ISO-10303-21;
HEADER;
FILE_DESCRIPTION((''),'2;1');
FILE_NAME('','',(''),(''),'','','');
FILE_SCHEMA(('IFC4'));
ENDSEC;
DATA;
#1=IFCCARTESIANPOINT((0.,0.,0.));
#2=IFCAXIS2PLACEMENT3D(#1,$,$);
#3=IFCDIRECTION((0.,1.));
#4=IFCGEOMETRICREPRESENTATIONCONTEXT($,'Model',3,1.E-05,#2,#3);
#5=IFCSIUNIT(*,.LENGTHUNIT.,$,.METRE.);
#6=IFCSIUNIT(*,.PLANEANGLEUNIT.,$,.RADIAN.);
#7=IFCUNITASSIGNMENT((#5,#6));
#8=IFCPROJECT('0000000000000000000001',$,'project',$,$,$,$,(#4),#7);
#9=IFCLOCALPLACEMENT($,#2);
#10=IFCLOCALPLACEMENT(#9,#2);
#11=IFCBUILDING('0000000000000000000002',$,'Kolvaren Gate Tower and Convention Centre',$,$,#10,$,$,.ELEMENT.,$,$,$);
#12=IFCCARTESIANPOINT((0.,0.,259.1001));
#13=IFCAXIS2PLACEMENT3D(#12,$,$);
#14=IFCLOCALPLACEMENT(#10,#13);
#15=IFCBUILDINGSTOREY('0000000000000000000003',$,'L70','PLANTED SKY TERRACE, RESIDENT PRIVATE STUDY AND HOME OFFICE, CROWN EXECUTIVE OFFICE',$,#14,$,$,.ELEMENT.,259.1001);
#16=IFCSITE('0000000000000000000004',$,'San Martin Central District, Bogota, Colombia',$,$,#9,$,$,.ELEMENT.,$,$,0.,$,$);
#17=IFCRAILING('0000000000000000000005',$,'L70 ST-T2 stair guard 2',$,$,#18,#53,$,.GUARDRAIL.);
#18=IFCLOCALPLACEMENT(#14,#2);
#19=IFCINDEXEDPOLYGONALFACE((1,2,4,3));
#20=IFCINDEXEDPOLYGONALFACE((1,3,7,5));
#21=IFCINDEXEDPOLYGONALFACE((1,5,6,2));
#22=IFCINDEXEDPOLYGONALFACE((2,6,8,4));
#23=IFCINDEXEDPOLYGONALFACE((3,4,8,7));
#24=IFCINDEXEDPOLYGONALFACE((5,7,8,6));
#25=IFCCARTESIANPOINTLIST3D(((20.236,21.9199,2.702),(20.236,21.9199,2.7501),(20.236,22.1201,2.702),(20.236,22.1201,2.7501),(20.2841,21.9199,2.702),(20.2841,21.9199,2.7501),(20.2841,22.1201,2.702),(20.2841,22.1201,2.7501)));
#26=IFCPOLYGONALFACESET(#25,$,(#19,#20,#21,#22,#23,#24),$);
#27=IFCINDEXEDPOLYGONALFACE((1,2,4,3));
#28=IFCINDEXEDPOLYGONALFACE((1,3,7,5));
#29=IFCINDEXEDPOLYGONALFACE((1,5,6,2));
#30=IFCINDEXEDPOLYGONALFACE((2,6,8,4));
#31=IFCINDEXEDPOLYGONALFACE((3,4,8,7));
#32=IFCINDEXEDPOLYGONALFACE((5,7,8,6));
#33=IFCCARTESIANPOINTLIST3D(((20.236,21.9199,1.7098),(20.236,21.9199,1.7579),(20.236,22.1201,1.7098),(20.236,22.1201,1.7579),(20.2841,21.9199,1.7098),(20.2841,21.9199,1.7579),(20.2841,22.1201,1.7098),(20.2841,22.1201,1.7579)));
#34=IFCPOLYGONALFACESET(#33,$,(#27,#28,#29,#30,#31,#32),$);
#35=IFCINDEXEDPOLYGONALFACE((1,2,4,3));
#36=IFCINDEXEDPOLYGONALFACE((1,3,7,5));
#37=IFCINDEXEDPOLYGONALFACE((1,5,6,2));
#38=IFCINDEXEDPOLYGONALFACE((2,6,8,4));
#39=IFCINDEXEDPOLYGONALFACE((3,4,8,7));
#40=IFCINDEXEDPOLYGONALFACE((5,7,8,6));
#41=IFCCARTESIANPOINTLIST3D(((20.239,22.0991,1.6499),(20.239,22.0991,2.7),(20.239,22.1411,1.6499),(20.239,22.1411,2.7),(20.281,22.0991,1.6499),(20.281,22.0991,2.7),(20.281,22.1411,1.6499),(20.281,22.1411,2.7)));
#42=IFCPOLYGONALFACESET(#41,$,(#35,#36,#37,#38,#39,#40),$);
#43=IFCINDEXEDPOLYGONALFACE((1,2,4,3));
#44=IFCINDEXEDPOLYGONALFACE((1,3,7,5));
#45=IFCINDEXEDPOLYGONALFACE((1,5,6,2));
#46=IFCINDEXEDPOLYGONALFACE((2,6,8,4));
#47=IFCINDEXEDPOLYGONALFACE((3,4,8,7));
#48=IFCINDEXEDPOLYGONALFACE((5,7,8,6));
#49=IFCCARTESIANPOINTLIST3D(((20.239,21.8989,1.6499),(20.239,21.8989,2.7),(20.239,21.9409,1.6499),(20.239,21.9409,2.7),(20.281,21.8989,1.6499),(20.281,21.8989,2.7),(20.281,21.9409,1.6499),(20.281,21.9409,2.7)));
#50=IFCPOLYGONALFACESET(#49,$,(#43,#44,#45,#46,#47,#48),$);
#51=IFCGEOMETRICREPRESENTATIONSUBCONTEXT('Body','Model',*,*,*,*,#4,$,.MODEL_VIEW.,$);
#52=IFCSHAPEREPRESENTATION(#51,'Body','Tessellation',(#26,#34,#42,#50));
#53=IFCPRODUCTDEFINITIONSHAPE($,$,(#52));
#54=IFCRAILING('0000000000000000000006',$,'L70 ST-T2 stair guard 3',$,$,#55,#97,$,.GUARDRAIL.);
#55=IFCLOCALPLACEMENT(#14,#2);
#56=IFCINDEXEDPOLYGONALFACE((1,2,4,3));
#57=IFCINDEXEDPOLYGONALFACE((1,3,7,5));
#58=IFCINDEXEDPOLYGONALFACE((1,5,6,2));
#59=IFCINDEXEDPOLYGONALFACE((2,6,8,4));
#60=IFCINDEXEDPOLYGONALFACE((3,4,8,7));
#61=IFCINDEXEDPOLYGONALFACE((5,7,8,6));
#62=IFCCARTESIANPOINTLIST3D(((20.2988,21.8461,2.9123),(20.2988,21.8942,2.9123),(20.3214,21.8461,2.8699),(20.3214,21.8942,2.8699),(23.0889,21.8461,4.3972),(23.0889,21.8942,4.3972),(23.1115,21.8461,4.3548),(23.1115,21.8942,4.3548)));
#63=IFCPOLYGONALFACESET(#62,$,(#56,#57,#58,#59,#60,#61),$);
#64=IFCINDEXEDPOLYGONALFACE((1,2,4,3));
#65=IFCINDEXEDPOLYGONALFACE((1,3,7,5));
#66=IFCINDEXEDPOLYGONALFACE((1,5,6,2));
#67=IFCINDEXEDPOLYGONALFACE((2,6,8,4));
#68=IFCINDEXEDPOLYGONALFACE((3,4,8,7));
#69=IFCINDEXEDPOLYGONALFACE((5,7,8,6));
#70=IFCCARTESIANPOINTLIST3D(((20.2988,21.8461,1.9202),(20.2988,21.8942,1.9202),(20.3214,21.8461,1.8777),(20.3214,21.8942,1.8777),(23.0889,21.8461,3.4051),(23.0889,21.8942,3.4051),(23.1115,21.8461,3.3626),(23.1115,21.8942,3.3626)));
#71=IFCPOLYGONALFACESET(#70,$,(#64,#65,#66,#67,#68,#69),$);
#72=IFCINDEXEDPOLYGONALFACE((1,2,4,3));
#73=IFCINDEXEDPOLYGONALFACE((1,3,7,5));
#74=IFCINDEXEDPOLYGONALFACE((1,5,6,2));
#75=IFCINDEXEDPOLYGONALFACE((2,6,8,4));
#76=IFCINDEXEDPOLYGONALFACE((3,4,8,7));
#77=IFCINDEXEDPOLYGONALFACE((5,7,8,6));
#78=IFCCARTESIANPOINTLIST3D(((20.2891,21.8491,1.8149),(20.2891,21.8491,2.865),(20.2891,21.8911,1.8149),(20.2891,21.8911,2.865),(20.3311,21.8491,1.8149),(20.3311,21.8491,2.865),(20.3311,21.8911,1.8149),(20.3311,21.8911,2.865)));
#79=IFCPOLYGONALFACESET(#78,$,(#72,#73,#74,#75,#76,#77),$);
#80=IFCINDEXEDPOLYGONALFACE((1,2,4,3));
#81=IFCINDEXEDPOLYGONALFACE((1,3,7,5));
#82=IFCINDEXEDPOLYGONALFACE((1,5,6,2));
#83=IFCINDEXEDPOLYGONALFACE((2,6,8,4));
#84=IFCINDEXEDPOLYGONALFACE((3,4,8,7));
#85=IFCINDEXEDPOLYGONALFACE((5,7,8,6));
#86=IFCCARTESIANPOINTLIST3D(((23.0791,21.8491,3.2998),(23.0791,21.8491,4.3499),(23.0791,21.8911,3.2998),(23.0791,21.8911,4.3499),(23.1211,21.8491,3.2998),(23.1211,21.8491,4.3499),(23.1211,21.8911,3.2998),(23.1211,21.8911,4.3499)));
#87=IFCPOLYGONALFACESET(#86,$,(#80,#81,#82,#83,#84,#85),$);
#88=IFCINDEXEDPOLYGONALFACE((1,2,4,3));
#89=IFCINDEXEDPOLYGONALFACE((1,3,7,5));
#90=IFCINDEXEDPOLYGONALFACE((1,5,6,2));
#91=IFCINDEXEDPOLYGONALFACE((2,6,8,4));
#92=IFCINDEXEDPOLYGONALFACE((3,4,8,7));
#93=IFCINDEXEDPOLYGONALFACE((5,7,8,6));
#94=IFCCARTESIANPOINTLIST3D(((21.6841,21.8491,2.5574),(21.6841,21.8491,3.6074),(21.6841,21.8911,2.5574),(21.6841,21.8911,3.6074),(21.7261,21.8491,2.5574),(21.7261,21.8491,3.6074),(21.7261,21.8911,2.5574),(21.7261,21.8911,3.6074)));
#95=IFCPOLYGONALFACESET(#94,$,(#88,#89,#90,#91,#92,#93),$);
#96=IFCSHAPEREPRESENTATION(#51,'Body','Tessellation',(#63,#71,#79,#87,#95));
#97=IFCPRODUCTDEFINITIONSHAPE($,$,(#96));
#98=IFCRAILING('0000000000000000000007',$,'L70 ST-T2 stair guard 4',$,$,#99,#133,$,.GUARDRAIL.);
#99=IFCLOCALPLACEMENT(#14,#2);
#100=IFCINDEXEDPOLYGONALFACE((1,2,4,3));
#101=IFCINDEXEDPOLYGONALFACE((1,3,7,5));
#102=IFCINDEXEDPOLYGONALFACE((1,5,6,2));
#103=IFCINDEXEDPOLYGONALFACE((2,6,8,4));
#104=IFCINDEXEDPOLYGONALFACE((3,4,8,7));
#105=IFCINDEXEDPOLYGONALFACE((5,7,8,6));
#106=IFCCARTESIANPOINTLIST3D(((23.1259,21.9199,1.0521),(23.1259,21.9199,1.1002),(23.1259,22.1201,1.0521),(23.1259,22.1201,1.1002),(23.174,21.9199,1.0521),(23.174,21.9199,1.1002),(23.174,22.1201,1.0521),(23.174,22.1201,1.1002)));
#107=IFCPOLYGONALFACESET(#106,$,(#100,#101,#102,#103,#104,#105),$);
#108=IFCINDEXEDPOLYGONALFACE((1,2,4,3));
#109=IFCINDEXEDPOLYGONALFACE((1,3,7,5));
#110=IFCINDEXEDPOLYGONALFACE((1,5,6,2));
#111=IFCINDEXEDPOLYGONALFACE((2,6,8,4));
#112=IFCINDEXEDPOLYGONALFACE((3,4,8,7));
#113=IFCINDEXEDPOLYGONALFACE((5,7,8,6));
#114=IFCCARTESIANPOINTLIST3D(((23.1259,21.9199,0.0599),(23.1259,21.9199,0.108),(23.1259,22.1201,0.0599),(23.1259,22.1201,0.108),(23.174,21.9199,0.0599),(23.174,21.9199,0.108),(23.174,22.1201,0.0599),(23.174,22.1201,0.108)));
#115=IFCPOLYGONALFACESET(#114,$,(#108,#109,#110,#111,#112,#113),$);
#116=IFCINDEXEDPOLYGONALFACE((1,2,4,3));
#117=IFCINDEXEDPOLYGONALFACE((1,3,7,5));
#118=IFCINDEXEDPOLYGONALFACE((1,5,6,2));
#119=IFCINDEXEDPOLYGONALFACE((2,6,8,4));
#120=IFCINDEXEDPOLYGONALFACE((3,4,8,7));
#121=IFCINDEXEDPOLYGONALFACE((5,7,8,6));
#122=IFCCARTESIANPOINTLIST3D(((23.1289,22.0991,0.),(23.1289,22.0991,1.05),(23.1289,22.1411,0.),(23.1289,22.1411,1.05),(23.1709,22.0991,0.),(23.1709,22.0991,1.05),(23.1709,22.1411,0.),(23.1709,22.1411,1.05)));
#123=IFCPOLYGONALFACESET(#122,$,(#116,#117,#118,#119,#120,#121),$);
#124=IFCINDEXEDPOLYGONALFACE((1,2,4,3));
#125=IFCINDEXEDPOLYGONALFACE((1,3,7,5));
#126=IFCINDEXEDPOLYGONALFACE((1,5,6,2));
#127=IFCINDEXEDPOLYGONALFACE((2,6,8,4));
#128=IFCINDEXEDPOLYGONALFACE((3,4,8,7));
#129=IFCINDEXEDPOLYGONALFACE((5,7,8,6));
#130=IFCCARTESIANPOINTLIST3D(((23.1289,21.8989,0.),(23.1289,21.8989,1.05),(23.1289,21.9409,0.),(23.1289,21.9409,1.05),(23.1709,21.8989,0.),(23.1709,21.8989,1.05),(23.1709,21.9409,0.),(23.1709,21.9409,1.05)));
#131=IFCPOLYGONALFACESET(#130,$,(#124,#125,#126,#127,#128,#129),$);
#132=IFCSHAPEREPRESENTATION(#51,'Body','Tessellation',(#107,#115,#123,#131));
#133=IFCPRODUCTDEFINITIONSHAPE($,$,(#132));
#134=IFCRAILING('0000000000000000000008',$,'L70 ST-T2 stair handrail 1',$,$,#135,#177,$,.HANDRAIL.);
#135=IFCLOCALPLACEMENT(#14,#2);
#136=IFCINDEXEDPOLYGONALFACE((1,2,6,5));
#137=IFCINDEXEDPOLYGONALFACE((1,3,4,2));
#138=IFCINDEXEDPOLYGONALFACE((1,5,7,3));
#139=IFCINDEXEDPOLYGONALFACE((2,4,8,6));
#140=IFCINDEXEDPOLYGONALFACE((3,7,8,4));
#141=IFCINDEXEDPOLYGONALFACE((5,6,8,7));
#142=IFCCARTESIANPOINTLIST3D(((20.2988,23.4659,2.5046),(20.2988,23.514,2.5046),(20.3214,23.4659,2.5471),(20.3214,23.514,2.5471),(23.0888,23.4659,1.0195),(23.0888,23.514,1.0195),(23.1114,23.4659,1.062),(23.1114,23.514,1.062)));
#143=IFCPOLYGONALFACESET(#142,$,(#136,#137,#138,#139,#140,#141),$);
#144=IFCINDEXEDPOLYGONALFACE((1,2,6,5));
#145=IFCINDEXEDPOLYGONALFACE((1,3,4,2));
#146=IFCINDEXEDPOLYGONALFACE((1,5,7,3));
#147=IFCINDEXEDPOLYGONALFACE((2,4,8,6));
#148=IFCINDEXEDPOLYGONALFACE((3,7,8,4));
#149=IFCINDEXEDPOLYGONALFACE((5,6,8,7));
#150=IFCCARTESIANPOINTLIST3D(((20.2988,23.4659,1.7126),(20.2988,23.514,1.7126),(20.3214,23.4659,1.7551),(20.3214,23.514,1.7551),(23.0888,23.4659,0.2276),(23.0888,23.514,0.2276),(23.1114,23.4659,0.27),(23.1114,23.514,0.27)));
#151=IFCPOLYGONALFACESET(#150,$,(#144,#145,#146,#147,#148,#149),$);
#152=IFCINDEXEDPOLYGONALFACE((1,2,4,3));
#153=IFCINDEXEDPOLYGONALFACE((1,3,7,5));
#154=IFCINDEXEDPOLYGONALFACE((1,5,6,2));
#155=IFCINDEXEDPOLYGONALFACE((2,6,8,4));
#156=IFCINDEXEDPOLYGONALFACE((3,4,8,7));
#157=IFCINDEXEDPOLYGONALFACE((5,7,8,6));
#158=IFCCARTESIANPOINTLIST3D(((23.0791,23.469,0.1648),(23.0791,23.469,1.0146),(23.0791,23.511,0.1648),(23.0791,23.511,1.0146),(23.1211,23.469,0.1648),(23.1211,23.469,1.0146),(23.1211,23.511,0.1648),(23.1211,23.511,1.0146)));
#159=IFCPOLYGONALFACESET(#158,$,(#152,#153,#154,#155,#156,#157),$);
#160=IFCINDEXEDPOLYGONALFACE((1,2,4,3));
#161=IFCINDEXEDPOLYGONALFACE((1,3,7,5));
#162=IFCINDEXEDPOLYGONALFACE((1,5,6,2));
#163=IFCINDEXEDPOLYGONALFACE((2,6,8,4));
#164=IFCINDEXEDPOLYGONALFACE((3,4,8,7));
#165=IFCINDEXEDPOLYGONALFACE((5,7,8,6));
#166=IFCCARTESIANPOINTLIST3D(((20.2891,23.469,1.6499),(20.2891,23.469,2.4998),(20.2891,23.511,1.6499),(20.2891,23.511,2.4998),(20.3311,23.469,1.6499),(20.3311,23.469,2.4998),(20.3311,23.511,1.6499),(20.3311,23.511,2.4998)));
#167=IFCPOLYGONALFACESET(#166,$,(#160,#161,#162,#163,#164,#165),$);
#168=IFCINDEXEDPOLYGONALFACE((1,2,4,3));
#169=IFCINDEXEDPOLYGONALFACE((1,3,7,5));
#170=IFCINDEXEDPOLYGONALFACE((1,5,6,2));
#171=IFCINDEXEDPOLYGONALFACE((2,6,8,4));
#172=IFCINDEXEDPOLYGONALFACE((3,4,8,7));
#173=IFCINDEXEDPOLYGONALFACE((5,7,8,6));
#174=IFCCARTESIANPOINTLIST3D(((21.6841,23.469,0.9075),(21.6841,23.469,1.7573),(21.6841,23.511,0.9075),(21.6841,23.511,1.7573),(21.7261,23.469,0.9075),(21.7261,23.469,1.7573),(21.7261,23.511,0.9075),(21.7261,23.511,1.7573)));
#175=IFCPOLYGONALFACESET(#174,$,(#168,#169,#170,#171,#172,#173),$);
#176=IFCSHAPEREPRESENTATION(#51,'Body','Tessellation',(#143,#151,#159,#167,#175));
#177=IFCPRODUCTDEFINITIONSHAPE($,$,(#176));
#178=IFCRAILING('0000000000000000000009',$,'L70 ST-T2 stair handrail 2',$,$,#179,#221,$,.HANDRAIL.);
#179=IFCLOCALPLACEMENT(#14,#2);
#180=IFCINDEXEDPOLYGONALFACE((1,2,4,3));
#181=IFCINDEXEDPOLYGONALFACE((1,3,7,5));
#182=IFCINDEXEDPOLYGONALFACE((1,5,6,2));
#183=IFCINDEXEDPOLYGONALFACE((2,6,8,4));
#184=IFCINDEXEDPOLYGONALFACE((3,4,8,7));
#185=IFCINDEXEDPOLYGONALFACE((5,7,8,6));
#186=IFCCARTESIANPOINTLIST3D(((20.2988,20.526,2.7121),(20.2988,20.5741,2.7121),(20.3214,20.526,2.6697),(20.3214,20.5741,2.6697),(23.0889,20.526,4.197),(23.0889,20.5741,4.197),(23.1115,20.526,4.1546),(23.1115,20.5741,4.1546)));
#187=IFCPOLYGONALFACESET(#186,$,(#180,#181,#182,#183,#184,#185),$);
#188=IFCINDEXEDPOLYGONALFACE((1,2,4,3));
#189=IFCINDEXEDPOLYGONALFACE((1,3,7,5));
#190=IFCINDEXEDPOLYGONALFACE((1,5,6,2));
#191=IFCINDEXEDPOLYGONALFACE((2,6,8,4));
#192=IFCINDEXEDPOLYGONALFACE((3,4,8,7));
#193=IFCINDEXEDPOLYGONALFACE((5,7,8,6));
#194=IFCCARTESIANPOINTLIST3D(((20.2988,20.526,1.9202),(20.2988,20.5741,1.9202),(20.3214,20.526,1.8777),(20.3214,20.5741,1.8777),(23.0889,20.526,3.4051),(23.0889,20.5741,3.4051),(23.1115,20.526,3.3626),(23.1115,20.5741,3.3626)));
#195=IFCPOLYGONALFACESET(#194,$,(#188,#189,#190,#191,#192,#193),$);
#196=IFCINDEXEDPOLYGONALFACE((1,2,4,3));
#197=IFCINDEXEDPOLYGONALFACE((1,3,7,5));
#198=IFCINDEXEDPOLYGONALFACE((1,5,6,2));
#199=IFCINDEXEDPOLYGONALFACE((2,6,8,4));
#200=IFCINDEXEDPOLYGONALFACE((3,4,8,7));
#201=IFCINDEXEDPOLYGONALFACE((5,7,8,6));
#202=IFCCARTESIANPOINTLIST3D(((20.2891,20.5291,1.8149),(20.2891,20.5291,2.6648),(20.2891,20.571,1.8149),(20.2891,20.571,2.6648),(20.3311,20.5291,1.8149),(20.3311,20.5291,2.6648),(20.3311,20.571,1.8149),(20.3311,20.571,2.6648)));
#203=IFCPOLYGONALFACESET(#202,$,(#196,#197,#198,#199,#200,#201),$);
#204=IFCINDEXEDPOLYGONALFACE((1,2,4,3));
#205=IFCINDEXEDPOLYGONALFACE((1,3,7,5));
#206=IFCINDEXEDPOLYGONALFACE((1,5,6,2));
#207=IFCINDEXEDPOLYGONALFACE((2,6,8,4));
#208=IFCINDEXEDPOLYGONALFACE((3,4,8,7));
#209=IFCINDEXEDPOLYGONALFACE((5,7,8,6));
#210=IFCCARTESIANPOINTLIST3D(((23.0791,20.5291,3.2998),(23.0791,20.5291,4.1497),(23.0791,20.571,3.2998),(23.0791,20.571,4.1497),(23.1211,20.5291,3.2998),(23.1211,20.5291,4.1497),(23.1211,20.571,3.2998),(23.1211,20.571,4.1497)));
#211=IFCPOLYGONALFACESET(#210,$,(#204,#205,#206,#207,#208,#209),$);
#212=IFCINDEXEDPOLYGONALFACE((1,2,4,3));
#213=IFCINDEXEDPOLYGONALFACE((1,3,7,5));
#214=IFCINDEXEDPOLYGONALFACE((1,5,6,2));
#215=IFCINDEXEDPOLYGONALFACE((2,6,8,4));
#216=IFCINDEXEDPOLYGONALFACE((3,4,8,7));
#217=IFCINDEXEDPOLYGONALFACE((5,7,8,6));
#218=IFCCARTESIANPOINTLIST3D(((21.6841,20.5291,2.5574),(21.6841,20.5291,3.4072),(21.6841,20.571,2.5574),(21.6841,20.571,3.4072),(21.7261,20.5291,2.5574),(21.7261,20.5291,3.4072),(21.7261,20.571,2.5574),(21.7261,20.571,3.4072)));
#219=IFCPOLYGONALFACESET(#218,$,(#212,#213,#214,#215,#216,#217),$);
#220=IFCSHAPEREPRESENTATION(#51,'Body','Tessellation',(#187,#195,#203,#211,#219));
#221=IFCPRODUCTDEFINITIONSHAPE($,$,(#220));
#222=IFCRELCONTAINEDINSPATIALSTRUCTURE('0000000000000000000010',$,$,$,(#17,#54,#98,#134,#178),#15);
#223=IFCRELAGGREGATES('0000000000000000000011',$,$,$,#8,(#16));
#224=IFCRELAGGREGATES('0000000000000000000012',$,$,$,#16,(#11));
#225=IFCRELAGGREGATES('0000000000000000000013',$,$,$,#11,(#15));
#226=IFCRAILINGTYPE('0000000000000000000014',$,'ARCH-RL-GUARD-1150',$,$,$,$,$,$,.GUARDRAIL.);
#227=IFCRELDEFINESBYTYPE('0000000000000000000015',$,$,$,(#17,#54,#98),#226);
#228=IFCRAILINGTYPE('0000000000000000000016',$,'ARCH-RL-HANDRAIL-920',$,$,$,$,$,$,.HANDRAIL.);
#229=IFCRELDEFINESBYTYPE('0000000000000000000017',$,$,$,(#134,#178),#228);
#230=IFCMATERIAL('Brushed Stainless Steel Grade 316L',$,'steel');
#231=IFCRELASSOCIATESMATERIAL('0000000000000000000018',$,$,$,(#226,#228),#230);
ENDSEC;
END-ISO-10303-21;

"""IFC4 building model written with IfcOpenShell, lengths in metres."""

from ifc_helpers import new_model, si_unit, direction, frame, origin, origin_2d, place, context, subcontext, project, spatial, rectangle, extrude, material, type_object, element, save


model = new_model("IFC4")

# Units and contexts
model_context = context("Model", 3, precision=1e-05, world=origin(), true_north=direction((0.0, 1.0)))
body_context = subcontext(model_context, "Body", "Model", "MODEL_VIEW")
ifc_project = project(units=[si_unit("LENGTHUNIT", "METRE"), si_unit("PLANEANGLEUNIT", "RADIAN")], contexts=[model_context])

# Site, building, storey
site_placement = place(None, origin())
site = spatial("IfcSite", under=ifc_project, at=site_placement, Name="San Martin Central District, Bogota, Colombia", CompositionType="ELEMENT", RefElevation=0.0)
building_placement = place(site_placement, origin())
building = spatial("IfcBuilding", under=site, at=building_placement, Name="Kolvaren Gate Tower and Convention Centre", CompositionType="ELEMENT")
storey_placement = place(building_placement, frame((0.0, 0.0, 259.1001)))
storey = spatial("IfcBuildingStorey", under=building, at=storey_placement, Name="L70", Description="PLANTED SKY TERRACE, RESIDENT PRIVATE STUDY AND HOME OFFICE, CROWN EXECUTIVE OFFICE", CompositionType="ELEMENT", Elevation=259.1001)

# Shared definitions
ifc_material_1 = material(Name="Brushed Stainless Steel Grade 316L", Category="steel")

# Railings
railing_type_1 = type_object("IfcRailingType", Name="ARCH-RL-GUARD-1150", PredefinedType="GUARDRAIL", material=ifc_material_1)
railing_1_placement = place(storey_placement, frame((20.26, 22.1201, 1.6499)))
element("IfcRailing", 1, at=railing_1_placement, inside=storey, type_object=railing_type_1, Name="L70 ST-T2 stair guard 2", PredefinedType="GUARDRAIL", context=body_context, shape_type="SweptSolid", body=[
    extrude(rectangle(XDim=0.0481, YDim=0.0481, at=origin_2d()), frame((0.0, 0.0, 1.0762), z_axis=(0.0, -1.0, 0.0), x_axis=(1.0, 0.0, 0.0)), (0.0, 0.0, 1.0), 0.2002),
    extrude(rectangle(XDim=0.0481, YDim=0.0481, at=origin_2d()), frame((0.0, 0.0, 0.084), z_axis=(0.0, -1.0, 0.0), x_axis=(1.0, 0.0, 0.0)), (0.0, 0.0, 1.0), 0.2002),
    extrude(rectangle(XDim=0.042, YDim=0.042, at=origin_2d()), origin(), (0.0, 0.0, 1.0), 1.05),
    extrude(rectangle(XDim=0.042, YDim=0.042, at=origin_2d()), frame((0.0, -0.2002, 0.0)), (0.0, 0.0, 1.0), 1.05),
])
railing_2_placement = place(storey_placement, frame((20.3101, 21.8701, 1.8149)))
element("IfcRailing", 2, at=railing_2_placement, inside=storey, type_object=railing_type_1, Name="L70 ST-T2 stair guard 3", PredefinedType="GUARDRAIL", context=body_context, shape_type="SweptSolid", body=[
    extrude(rectangle(XDim=0.0481, YDim=0.0481, at=origin_2d()), frame((0.0, 0.0, 1.0762), z_axis=(0.882767, 0.0, 0.46981), x_axis=(0.0, 1.0, 0.0)), (0.0, 0.0, 1.0), 3.1606),
    extrude(rectangle(XDim=0.0481, YDim=0.0481, at=origin_2d()), frame((0.0, 0.0, 0.084), z_axis=(0.882767, 0.0, 0.46981), x_axis=(0.0, 1.0, 0.0)), (0.0, 0.0, 1.0), 3.1606),
    extrude(rectangle(XDim=0.042, YDim=0.042, at=origin_2d()), origin(), (0.0, 0.0, 1.0), 1.05),
    extrude(rectangle(XDim=0.042, YDim=0.042, at=origin_2d()), frame((2.79, 0.0, 1.4849)), (0.0, 0.0, 1.0), 1.05),
    extrude(rectangle(XDim=0.042, YDim=0.042, at=origin_2d()), frame((1.395, 0.0, 0.7424)), (0.0, 0.0, 1.0), 1.05),
])
railing_3_placement = place(storey_placement, frame((23.1499, 22.1201, 0.0)))
element("IfcRailing", 3, at=railing_3_placement, inside=storey, type_object=railing_type_1, Name="L70 ST-T2 stair guard 4", PredefinedType="GUARDRAIL", context=body_context, shape_type="SweptSolid", body=[
    extrude(rectangle(XDim=0.0481, YDim=0.0481, at=origin_2d()), frame((0.0, 0.0, 1.0762), z_axis=(0.0, -1.0, 0.0), x_axis=(1.0, 0.0, 0.0)), (0.0, 0.0, 1.0), 0.2002),
    extrude(rectangle(XDim=0.0481, YDim=0.0481, at=origin_2d()), frame((0.0, 0.0, 0.084), z_axis=(0.0, -1.0, 0.0), x_axis=(1.0, 0.0, 0.0)), (0.0, 0.0, 1.0), 0.2002),
    extrude(rectangle(XDim=0.042, YDim=0.042, at=origin_2d()), origin(), (0.0, 0.0, 1.0), 1.05),
    extrude(rectangle(XDim=0.042, YDim=0.042, at=origin_2d()), frame((0.0, -0.2002, 0.0)), (0.0, 0.0, 1.0), 1.05),
])
railing_type_2 = type_object("IfcRailingType", Name="ARCH-RL-HANDRAIL-920", PredefinedType="HANDRAIL", material=ifc_material_1)
railing_4_placement = place(storey_placement, frame((23.1001, 23.49, 0.1648)))
element("IfcRailing", 4, at=railing_4_placement, inside=storey, type_object=railing_type_2, Name="L70 ST-T2 stair handrail 1", PredefinedType="HANDRAIL", context=body_context, shape_type="SweptSolid", body=[
    extrude(rectangle(XDim=0.0481, YDim=0.0481, at=origin_2d()), frame((0.0, 0.0, 0.876), z_axis=(-0.882735, 0.0, 0.46987), x_axis=(0.0, -1.0, 0.0)), (0.0, 0.0, 1.0), 3.1606),
    extrude(rectangle(XDim=0.0481, YDim=0.0481, at=origin_2d()), frame((0.0, 0.0, 0.084), z_axis=(-0.882735, 0.0, 0.46987), x_axis=(0.0, -1.0, 0.0)), (0.0, 0.0, 1.0), 3.1606),
    extrude(rectangle(XDim=0.042, YDim=0.042, at=origin_2d()), origin(), (0.0, 0.0, 1.0), 0.8499),
    extrude(rectangle(XDim=0.042, YDim=0.042, at=origin_2d()), frame((-2.79, 0.0, 1.4851)), (0.0, 0.0, 1.0), 0.8499),
    extrude(rectangle(XDim=0.042, YDim=0.042, at=origin_2d()), frame((-1.395, 0.0, 0.7427)), (0.0, 0.0, 1.0), 0.8499),
])
railing_5_placement = place(storey_placement, frame((20.3101, 20.55, 1.8149)))
element("IfcRailing", 5, at=railing_5_placement, inside=storey, type_object=railing_type_2, Name="L70 ST-T2 stair handrail 2", PredefinedType="HANDRAIL", context=body_context, shape_type="SweptSolid", body=[
    extrude(rectangle(XDim=0.0481, YDim=0.0481, at=origin_2d()), frame((0.0, 0.0, 0.876), z_axis=(0.882767, 0.0, 0.46981), x_axis=(0.0, 1.0, 0.0)), (0.0, 0.0, 1.0), 3.1606),
    extrude(rectangle(XDim=0.0481, YDim=0.0481, at=origin_2d()), frame((0.0, 0.0, 0.084), z_axis=(0.882767, 0.0, 0.46981), x_axis=(0.0, 1.0, 0.0)), (0.0, 0.0, 1.0), 3.1606),
    extrude(rectangle(XDim=0.042, YDim=0.042, at=origin_2d()), origin(), (0.0, 0.0, 1.0), 0.8499),
    extrude(rectangle(XDim=0.042, YDim=0.042, at=origin_2d()), frame((2.79, 0.0, 1.4849)), (0.0, 0.0, 1.0), 0.8499),
    extrude(rectangle(XDim=0.042, YDim=0.042, at=origin_2d()), frame((1.395, 0.0, 0.7424)), (0.0, 0.0, 1.0), 0.8499),
])

save(model, "model.ifc")
